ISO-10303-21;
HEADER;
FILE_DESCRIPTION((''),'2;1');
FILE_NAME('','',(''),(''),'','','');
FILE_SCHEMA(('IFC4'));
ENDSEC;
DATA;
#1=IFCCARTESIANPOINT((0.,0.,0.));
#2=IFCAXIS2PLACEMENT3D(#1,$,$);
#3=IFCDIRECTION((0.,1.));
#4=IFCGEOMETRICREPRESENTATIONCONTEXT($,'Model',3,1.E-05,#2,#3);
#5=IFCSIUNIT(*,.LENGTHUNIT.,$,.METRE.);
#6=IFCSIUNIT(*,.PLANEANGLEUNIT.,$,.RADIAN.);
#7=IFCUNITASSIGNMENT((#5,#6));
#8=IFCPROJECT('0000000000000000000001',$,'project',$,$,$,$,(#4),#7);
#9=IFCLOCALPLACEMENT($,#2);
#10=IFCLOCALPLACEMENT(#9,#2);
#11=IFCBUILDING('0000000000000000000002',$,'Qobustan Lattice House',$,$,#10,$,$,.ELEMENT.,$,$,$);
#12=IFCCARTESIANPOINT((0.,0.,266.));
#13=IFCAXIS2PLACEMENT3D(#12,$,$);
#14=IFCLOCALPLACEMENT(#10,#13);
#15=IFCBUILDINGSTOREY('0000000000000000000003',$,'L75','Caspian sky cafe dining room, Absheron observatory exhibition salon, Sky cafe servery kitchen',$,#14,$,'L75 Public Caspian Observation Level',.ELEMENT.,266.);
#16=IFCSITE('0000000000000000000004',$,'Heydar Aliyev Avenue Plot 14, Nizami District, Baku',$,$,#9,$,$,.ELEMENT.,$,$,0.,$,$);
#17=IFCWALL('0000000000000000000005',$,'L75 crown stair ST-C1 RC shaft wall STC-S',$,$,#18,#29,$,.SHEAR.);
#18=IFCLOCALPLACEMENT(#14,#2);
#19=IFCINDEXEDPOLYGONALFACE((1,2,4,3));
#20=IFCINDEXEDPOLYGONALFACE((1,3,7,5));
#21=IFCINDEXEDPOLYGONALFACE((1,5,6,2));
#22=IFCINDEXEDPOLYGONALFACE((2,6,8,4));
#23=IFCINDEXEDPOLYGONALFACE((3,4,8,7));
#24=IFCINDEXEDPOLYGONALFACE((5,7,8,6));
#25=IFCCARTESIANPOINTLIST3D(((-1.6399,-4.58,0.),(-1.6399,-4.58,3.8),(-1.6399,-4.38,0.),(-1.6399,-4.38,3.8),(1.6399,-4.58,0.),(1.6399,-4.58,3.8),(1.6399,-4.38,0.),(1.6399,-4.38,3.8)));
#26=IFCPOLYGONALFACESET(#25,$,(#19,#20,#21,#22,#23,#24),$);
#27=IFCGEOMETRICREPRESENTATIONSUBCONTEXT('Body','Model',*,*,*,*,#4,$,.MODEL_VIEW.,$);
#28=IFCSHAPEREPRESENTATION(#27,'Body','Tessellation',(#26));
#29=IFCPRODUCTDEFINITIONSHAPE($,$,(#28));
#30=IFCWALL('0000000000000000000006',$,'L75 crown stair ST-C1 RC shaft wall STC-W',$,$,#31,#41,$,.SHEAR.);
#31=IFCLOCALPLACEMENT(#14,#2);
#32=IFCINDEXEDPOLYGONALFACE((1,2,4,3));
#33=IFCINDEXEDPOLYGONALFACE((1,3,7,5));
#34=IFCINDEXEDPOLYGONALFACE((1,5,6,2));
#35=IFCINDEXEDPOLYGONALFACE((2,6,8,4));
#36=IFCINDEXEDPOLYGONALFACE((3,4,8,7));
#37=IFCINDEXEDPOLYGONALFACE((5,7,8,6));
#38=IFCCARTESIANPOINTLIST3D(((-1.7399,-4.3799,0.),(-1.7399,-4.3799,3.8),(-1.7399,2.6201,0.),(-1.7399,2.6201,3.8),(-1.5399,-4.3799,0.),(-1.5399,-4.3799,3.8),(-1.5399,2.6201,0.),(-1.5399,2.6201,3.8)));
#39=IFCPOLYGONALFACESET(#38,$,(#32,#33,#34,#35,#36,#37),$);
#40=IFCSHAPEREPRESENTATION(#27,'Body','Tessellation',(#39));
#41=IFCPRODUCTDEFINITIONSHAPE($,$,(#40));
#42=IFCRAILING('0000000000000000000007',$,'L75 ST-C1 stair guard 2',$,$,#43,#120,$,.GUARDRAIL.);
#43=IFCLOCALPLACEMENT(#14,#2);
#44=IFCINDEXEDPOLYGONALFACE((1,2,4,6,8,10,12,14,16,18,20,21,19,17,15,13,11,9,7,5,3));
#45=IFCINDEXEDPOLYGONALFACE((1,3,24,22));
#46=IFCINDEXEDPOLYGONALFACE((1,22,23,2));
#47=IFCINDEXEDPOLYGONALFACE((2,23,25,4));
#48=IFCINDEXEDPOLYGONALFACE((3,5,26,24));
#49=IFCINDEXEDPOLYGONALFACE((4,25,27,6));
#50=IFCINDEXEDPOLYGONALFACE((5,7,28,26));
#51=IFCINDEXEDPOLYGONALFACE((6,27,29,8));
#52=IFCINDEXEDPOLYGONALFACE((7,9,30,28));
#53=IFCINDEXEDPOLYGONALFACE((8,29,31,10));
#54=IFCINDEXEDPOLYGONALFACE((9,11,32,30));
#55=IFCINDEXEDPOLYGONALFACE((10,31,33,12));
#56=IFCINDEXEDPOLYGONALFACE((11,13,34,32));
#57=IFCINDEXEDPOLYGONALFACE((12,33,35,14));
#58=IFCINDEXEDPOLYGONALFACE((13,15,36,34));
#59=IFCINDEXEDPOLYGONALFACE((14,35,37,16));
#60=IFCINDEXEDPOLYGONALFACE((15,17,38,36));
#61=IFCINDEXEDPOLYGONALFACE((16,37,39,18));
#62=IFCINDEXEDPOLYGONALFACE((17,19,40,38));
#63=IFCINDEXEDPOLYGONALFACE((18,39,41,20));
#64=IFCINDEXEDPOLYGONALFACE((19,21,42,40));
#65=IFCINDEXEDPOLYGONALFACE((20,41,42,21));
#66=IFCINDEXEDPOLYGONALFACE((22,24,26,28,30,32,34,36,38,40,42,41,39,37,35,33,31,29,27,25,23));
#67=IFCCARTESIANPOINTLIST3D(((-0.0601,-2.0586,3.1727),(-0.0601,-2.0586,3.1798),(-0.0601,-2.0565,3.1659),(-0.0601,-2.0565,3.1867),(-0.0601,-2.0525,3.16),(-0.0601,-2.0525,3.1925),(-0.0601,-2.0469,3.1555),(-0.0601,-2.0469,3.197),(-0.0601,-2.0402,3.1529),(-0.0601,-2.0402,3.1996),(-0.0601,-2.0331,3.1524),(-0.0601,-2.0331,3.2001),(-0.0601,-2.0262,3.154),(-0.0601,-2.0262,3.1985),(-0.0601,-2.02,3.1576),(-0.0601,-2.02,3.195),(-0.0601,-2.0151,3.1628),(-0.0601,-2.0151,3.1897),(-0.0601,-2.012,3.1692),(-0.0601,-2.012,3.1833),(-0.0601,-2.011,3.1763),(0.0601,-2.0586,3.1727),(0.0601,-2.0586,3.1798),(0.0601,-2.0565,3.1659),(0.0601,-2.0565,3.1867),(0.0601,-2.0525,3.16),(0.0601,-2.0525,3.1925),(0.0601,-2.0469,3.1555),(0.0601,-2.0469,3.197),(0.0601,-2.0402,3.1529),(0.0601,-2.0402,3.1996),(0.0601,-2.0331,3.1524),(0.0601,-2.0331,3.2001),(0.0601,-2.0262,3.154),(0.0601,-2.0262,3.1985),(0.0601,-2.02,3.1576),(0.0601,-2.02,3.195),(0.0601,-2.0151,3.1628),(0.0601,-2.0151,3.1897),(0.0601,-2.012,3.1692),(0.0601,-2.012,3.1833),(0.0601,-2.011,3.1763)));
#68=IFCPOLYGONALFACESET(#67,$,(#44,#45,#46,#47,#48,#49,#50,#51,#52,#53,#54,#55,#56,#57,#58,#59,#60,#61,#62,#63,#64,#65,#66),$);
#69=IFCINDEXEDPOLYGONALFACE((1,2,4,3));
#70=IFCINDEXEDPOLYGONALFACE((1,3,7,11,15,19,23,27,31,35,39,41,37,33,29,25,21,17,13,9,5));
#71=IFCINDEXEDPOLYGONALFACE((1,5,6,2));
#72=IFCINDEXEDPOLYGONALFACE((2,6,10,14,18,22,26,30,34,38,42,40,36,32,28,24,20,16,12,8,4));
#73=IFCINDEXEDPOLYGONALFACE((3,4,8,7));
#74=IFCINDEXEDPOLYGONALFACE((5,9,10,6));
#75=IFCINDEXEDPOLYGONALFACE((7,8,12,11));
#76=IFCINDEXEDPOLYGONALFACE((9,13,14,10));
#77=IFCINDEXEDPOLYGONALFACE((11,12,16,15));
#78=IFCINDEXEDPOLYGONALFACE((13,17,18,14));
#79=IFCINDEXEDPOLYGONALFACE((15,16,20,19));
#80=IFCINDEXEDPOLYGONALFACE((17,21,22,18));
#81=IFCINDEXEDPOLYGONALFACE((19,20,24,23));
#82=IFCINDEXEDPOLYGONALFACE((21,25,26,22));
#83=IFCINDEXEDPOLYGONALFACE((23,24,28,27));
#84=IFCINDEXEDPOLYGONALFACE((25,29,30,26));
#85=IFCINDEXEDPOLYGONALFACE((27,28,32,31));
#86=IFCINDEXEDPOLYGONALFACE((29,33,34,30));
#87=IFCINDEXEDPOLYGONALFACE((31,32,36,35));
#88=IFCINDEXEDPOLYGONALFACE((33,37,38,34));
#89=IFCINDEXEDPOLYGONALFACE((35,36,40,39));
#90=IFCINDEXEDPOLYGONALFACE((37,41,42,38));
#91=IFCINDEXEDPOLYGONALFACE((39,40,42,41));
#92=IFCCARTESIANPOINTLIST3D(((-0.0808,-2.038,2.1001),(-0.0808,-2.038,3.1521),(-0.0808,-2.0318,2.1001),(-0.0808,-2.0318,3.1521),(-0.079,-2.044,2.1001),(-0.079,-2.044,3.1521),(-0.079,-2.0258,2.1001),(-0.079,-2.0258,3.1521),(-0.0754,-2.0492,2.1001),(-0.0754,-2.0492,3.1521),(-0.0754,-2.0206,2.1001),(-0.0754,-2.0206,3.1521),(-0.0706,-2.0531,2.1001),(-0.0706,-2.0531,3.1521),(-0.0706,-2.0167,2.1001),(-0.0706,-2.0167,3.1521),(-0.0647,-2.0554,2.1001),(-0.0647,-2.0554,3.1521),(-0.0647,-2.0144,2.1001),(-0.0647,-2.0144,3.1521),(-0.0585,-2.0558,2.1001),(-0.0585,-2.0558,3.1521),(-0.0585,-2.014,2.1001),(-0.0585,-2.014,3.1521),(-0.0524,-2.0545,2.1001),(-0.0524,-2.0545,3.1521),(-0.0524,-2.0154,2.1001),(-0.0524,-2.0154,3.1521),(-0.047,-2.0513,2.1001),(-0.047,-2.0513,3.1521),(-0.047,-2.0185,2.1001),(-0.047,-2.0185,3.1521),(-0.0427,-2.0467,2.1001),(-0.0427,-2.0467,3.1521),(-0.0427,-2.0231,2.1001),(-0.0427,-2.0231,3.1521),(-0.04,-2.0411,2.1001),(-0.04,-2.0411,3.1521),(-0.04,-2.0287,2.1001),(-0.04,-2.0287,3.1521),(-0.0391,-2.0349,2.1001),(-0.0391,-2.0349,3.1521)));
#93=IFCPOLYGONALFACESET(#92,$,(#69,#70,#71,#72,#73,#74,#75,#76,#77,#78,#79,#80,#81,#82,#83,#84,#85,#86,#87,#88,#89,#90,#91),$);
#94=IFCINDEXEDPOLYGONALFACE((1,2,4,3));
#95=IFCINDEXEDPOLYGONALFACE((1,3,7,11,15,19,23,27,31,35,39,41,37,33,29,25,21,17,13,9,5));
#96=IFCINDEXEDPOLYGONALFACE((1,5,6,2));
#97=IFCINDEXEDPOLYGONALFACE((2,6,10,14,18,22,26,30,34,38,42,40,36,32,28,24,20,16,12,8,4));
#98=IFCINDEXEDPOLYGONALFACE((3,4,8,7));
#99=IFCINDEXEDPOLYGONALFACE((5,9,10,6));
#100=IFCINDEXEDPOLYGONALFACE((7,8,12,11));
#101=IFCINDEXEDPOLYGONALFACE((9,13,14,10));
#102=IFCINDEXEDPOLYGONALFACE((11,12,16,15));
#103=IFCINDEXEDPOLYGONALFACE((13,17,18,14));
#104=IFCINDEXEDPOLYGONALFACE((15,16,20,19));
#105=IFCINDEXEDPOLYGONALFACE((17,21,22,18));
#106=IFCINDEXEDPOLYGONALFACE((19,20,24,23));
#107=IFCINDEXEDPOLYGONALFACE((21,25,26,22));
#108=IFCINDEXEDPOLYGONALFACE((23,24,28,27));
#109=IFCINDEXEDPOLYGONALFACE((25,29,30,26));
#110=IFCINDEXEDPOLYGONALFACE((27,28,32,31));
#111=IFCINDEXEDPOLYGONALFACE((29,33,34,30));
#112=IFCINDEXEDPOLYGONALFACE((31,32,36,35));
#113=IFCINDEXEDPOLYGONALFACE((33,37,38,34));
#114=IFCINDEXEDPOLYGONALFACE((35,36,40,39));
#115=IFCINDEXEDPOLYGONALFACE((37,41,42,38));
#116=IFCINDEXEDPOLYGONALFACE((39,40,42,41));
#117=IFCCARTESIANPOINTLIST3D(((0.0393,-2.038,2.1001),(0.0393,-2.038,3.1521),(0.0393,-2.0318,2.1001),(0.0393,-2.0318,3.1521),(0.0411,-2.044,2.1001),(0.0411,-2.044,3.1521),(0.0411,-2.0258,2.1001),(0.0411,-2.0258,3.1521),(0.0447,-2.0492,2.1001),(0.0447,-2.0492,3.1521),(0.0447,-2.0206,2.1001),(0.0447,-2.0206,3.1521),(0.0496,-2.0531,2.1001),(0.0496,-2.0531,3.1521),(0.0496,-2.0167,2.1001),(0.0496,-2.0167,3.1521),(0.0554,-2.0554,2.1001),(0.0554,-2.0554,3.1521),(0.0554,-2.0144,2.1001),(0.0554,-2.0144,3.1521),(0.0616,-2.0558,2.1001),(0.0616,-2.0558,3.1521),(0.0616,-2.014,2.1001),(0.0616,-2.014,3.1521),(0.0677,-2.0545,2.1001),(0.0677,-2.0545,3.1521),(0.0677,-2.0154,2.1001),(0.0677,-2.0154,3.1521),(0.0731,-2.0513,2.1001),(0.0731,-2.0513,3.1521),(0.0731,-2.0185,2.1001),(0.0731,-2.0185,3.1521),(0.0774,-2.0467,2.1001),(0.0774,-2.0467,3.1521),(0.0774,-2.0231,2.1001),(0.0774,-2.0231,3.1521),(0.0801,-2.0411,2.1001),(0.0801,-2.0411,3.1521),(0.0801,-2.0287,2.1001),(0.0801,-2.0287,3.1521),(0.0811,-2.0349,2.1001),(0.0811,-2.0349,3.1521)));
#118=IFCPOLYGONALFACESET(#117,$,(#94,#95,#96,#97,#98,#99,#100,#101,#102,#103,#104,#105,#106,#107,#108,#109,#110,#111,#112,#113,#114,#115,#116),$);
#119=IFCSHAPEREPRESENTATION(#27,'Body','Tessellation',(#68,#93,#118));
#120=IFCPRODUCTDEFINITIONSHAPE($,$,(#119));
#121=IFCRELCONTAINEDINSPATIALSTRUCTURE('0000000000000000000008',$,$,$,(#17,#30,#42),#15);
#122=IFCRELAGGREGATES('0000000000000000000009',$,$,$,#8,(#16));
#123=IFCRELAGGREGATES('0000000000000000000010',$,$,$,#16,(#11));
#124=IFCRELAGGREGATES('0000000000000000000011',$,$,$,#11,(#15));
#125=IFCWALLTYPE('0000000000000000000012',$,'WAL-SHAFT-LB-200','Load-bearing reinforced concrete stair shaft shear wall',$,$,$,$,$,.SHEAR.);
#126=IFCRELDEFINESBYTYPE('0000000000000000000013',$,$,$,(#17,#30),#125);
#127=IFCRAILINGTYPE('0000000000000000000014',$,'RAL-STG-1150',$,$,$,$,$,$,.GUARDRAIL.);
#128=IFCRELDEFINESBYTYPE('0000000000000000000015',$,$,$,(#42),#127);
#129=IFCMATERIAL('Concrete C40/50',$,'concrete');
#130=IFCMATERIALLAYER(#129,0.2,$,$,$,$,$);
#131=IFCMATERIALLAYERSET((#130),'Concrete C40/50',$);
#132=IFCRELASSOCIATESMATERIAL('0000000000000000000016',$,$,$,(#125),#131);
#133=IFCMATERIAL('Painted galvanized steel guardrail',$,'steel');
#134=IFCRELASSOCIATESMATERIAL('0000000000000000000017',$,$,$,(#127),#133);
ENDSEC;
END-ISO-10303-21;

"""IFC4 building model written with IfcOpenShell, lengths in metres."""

from ifc_helpers import new_model, si_unit, direction, frame, frame_2d, origin, origin_2d, place, context, subcontext, project, spatial, rectangle, circle, extrude, material, layer, layer_set, type_object, element, save


model = new_model("IFC4")

# Units and contexts
model_context = context("Model", 3, precision=1e-05, world=origin(), true_north=direction((0.0, 1.0)))
body_context = subcontext(model_context, "Body", "Model", "MODEL_VIEW")
ifc_project = project(units=[si_unit("LENGTHUNIT", "METRE"), si_unit("PLANEANGLEUNIT", "RADIAN")], contexts=[model_context])

# Site, building, storey
site_placement = place(None, origin())
site = spatial("IfcSite", under=ifc_project, at=site_placement, Name="Heydar Aliyev Avenue Plot 14, Nizami District, Baku", CompositionType="ELEMENT", RefElevation=0.0)
building_placement = place(site_placement, origin())
building = spatial("IfcBuilding", under=site, at=building_placement, Name="Qobustan Lattice House", CompositionType="ELEMENT")
storey_placement = place(building_placement, frame((0.0, 0.0, 266.0)))
storey = spatial("IfcBuildingStorey", under=building, at=storey_placement, Name="L75", Description="Caspian sky cafe dining room, Absheron observatory exhibition salon, Sky cafe servery kitchen", LongName="L75 Public Caspian Observation Level", CompositionType="ELEMENT", Elevation=266.0)

# Walls
ifc_material_1 = material(Name="Concrete C40/50", Category="concrete")
ifc_layer_1 = layer(ifc_material_1, 0.2)
ifc_layer_set_1 = layer_set([ifc_layer_1], Name="Concrete C40/50")
wall_type_1 = type_object("IfcWallType", Name="WAL-SHAFT-LB-200", Description="Load-bearing reinforced concrete stair shaft shear wall", PredefinedType="SHEAR", material=ifc_layer_set_1)
wall_1_placement = place(storey_placement, frame((-1.6399, -4.48, 0.0), z_axis=(0.0, 0.0, 1.0), x_axis=(1.0, 0.0, 0.0)))
element("IfcWall", 1, at=wall_1_placement, inside=storey, type_object=wall_type_1, Name="L75 crown stair ST-C1 RC shaft wall STC-S", PredefinedType="SHEAR", context=body_context, shape_type="SweptSolid", body=[
    extrude(rectangle(XDim=3.2798, YDim=0.2, at=frame_2d((1.6399, 0.0))), origin(), (0.0, 0.0, 1.0), 3.8),
])
wall_2_placement = place(storey_placement, frame((-1.6399, -4.3799, 0.0), z_axis=(0.0, 0.0, 1.0), x_axis=(0.0, 1.0, 0.0)))
element("IfcWall", 2, at=wall_2_placement, inside=storey, type_object=wall_type_1, Name="L75 crown stair ST-C1 RC shaft wall STC-W", PredefinedType="SHEAR", context=body_context, shape_type="SweptSolid", body=[
    extrude(rectangle(XDim=7.0, YDim=0.2, at=frame_2d((3.5, 0.0))), origin(), (0.0, 0.0, 1.0), 3.8),
])

# Railing
ifc_material_2 = material(Name="Painted galvanized steel guardrail", Category="steel")
railing_type = type_object("IfcRailingType", Name="RAL-STG-1150", PredefinedType="GUARDRAIL", material=ifc_material_2)
railing_1_placement = place(storey_placement, frame((-0.0601, -2.0349, 2.1001)))
element("IfcRailing", 3, at=railing_1_placement, inside=storey, type_object=railing_type, Name="L75 ST-C1 stair guard 2", PredefinedType="GUARDRAIL", context=body_context, shape_type="SweptSolid", body=[
    extrude(circle(Radius=0.0239, at=origin_2d()), frame((0.0, 0.0, 1.0762), z_axis=(1.0, 0.0, 0.0), x_axis=(0.0, 1.0, 0.0)), (0.0, 0.0, 1.0), 0.1201),
    extrude(circle(Radius=0.021, at=origin_2d()), origin(), (0.0, 0.0, 1.0), 1.052),
    extrude(circle(Radius=0.021, at=origin_2d()), frame((0.1201, 0.0, 0.0)), (0.0, 0.0, 1.0), 1.052),
])

save(model, "model.ifc")
